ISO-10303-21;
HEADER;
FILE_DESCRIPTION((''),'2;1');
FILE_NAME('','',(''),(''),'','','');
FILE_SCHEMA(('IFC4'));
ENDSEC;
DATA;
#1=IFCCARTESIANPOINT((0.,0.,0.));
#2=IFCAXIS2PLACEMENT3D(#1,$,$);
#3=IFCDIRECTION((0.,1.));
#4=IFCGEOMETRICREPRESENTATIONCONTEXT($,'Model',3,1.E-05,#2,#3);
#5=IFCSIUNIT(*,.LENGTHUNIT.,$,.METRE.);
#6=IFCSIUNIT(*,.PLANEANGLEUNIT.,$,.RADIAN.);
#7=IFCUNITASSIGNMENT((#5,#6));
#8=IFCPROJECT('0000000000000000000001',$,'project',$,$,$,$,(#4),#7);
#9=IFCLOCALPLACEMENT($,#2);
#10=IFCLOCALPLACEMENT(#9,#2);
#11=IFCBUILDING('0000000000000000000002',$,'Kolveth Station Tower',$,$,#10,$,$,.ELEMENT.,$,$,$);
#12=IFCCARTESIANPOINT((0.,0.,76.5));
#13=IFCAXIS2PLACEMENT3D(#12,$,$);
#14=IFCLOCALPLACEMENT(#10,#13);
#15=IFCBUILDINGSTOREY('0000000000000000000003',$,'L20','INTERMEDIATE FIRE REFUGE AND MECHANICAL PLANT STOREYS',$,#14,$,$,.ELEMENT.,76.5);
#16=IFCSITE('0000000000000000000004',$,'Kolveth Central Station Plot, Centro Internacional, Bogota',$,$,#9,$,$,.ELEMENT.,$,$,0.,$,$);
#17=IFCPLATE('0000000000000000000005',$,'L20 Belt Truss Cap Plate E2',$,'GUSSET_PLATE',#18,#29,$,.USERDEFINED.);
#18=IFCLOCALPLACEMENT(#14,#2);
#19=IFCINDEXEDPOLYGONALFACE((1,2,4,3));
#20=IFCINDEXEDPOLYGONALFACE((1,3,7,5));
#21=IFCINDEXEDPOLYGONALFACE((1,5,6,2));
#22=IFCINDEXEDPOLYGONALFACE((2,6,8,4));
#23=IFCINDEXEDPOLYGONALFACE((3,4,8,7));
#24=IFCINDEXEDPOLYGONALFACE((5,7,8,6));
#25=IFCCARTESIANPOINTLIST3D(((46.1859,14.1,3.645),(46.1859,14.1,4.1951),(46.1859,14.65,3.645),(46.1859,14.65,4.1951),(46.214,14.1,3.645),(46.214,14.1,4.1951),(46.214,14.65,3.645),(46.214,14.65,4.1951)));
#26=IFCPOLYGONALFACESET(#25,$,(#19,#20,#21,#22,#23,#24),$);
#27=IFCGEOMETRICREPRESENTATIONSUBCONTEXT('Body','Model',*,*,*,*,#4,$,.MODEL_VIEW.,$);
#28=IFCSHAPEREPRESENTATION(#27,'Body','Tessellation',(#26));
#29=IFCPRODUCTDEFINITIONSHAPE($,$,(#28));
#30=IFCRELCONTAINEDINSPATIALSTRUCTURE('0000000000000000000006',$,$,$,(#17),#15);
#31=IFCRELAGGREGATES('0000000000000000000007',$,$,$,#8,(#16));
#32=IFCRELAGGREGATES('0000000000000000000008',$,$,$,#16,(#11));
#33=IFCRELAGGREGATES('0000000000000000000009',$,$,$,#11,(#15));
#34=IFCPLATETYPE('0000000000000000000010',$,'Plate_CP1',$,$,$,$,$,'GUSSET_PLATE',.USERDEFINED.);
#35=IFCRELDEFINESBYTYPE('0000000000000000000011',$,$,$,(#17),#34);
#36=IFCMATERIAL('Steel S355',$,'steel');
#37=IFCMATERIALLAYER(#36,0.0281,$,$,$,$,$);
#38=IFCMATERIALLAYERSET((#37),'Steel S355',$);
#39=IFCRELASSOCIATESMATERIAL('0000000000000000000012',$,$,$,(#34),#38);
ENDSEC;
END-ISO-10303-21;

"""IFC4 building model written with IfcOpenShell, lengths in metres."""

from ifc_helpers import new_model, si_unit, direction, frame, origin, origin_2d, place, context, subcontext, project, spatial, rectangle, extrude, source, transform, mapped, material, layer, layer_set, type_object, element, save


model = new_model("IFC4")

# Units and contexts
model_context = context("Model", 3, precision=1e-05, world=origin(), true_north=direction((0.0, 1.0)))
body_context = subcontext(model_context, "Body", "Model", "MODEL_VIEW")
ifc_project = project(units=[si_unit("LENGTHUNIT", "METRE"), si_unit("PLANEANGLEUNIT", "RADIAN")], contexts=[model_context])

# Site, building, storey
site_placement = place(None, origin())
site = spatial("IfcSite", under=ifc_project, at=site_placement, Name="Kolveth Central Station Plot, Centro Internacional, Bogota", CompositionType="ELEMENT", RefElevation=0.0)
building_placement = place(site_placement, origin())
building = spatial("IfcBuilding", under=site, at=building_placement, Name="Kolveth Station Tower", CompositionType="ELEMENT")
storey_placement = place(building_placement, frame((0.0, 0.0, 76.5)))
storey = spatial("IfcBuildingStorey", under=building, at=storey_placement, Name="L20", Description="INTERMEDIATE FIRE REFUGE AND MECHANICAL PLANT STOREYS", CompositionType="ELEMENT", Elevation=76.5)

# Shared definitions
ifc_material_1 = material(Name="Steel S355", Category="steel")

# Plate
ifc_layer_1 = layer(ifc_material_1, 0.0281)
ifc_layer_set_1 = layer_set([ifc_layer_1], Name="Steel S355")
plate_type_1 = type_object("IfcPlateType", Name="Plate_CP1", ElementType="GUSSET_PLATE", PredefinedType="USERDEFINED", material=ifc_layer_set_1)
shared_shape_1 = source(origin(), body_context, "Body", "SweptSolid", [
    extrude(rectangle(XDim=0.0281, YDim=0.55, at=origin_2d()), origin(), (0.0, 0.0, 1.0), 0.55),
])
for number, where, z_axis, x_axis, name in (
    (1, (46.2, 14.375, 3.645), (0.0, 0.0, 1.0), (1.0, 0.0, 0.0), "L20 Belt Truss Cap Plate E2"),
):
    element("IfcPlate", number, at=place(storey_placement, frame(where, z_axis=z_axis, x_axis=x_axis)), inside=storey, type_object=plate_type_1, Name=name, ObjectType="GUSSET_PLATE", PredefinedType="USERDEFINED", context=body_context, shape_type="MappedRepresentation", body=[
        mapped(shared_shape_1, transform((0.0, 0.0, 0.0), x_axis=(1.0, 0.0, 0.0), y_axis=(0.0, 1.0, 0.0), z_axis=(0.0, 0.0, 1.0), scale=1.0)),
    ])

save(model, "model.ifc")
